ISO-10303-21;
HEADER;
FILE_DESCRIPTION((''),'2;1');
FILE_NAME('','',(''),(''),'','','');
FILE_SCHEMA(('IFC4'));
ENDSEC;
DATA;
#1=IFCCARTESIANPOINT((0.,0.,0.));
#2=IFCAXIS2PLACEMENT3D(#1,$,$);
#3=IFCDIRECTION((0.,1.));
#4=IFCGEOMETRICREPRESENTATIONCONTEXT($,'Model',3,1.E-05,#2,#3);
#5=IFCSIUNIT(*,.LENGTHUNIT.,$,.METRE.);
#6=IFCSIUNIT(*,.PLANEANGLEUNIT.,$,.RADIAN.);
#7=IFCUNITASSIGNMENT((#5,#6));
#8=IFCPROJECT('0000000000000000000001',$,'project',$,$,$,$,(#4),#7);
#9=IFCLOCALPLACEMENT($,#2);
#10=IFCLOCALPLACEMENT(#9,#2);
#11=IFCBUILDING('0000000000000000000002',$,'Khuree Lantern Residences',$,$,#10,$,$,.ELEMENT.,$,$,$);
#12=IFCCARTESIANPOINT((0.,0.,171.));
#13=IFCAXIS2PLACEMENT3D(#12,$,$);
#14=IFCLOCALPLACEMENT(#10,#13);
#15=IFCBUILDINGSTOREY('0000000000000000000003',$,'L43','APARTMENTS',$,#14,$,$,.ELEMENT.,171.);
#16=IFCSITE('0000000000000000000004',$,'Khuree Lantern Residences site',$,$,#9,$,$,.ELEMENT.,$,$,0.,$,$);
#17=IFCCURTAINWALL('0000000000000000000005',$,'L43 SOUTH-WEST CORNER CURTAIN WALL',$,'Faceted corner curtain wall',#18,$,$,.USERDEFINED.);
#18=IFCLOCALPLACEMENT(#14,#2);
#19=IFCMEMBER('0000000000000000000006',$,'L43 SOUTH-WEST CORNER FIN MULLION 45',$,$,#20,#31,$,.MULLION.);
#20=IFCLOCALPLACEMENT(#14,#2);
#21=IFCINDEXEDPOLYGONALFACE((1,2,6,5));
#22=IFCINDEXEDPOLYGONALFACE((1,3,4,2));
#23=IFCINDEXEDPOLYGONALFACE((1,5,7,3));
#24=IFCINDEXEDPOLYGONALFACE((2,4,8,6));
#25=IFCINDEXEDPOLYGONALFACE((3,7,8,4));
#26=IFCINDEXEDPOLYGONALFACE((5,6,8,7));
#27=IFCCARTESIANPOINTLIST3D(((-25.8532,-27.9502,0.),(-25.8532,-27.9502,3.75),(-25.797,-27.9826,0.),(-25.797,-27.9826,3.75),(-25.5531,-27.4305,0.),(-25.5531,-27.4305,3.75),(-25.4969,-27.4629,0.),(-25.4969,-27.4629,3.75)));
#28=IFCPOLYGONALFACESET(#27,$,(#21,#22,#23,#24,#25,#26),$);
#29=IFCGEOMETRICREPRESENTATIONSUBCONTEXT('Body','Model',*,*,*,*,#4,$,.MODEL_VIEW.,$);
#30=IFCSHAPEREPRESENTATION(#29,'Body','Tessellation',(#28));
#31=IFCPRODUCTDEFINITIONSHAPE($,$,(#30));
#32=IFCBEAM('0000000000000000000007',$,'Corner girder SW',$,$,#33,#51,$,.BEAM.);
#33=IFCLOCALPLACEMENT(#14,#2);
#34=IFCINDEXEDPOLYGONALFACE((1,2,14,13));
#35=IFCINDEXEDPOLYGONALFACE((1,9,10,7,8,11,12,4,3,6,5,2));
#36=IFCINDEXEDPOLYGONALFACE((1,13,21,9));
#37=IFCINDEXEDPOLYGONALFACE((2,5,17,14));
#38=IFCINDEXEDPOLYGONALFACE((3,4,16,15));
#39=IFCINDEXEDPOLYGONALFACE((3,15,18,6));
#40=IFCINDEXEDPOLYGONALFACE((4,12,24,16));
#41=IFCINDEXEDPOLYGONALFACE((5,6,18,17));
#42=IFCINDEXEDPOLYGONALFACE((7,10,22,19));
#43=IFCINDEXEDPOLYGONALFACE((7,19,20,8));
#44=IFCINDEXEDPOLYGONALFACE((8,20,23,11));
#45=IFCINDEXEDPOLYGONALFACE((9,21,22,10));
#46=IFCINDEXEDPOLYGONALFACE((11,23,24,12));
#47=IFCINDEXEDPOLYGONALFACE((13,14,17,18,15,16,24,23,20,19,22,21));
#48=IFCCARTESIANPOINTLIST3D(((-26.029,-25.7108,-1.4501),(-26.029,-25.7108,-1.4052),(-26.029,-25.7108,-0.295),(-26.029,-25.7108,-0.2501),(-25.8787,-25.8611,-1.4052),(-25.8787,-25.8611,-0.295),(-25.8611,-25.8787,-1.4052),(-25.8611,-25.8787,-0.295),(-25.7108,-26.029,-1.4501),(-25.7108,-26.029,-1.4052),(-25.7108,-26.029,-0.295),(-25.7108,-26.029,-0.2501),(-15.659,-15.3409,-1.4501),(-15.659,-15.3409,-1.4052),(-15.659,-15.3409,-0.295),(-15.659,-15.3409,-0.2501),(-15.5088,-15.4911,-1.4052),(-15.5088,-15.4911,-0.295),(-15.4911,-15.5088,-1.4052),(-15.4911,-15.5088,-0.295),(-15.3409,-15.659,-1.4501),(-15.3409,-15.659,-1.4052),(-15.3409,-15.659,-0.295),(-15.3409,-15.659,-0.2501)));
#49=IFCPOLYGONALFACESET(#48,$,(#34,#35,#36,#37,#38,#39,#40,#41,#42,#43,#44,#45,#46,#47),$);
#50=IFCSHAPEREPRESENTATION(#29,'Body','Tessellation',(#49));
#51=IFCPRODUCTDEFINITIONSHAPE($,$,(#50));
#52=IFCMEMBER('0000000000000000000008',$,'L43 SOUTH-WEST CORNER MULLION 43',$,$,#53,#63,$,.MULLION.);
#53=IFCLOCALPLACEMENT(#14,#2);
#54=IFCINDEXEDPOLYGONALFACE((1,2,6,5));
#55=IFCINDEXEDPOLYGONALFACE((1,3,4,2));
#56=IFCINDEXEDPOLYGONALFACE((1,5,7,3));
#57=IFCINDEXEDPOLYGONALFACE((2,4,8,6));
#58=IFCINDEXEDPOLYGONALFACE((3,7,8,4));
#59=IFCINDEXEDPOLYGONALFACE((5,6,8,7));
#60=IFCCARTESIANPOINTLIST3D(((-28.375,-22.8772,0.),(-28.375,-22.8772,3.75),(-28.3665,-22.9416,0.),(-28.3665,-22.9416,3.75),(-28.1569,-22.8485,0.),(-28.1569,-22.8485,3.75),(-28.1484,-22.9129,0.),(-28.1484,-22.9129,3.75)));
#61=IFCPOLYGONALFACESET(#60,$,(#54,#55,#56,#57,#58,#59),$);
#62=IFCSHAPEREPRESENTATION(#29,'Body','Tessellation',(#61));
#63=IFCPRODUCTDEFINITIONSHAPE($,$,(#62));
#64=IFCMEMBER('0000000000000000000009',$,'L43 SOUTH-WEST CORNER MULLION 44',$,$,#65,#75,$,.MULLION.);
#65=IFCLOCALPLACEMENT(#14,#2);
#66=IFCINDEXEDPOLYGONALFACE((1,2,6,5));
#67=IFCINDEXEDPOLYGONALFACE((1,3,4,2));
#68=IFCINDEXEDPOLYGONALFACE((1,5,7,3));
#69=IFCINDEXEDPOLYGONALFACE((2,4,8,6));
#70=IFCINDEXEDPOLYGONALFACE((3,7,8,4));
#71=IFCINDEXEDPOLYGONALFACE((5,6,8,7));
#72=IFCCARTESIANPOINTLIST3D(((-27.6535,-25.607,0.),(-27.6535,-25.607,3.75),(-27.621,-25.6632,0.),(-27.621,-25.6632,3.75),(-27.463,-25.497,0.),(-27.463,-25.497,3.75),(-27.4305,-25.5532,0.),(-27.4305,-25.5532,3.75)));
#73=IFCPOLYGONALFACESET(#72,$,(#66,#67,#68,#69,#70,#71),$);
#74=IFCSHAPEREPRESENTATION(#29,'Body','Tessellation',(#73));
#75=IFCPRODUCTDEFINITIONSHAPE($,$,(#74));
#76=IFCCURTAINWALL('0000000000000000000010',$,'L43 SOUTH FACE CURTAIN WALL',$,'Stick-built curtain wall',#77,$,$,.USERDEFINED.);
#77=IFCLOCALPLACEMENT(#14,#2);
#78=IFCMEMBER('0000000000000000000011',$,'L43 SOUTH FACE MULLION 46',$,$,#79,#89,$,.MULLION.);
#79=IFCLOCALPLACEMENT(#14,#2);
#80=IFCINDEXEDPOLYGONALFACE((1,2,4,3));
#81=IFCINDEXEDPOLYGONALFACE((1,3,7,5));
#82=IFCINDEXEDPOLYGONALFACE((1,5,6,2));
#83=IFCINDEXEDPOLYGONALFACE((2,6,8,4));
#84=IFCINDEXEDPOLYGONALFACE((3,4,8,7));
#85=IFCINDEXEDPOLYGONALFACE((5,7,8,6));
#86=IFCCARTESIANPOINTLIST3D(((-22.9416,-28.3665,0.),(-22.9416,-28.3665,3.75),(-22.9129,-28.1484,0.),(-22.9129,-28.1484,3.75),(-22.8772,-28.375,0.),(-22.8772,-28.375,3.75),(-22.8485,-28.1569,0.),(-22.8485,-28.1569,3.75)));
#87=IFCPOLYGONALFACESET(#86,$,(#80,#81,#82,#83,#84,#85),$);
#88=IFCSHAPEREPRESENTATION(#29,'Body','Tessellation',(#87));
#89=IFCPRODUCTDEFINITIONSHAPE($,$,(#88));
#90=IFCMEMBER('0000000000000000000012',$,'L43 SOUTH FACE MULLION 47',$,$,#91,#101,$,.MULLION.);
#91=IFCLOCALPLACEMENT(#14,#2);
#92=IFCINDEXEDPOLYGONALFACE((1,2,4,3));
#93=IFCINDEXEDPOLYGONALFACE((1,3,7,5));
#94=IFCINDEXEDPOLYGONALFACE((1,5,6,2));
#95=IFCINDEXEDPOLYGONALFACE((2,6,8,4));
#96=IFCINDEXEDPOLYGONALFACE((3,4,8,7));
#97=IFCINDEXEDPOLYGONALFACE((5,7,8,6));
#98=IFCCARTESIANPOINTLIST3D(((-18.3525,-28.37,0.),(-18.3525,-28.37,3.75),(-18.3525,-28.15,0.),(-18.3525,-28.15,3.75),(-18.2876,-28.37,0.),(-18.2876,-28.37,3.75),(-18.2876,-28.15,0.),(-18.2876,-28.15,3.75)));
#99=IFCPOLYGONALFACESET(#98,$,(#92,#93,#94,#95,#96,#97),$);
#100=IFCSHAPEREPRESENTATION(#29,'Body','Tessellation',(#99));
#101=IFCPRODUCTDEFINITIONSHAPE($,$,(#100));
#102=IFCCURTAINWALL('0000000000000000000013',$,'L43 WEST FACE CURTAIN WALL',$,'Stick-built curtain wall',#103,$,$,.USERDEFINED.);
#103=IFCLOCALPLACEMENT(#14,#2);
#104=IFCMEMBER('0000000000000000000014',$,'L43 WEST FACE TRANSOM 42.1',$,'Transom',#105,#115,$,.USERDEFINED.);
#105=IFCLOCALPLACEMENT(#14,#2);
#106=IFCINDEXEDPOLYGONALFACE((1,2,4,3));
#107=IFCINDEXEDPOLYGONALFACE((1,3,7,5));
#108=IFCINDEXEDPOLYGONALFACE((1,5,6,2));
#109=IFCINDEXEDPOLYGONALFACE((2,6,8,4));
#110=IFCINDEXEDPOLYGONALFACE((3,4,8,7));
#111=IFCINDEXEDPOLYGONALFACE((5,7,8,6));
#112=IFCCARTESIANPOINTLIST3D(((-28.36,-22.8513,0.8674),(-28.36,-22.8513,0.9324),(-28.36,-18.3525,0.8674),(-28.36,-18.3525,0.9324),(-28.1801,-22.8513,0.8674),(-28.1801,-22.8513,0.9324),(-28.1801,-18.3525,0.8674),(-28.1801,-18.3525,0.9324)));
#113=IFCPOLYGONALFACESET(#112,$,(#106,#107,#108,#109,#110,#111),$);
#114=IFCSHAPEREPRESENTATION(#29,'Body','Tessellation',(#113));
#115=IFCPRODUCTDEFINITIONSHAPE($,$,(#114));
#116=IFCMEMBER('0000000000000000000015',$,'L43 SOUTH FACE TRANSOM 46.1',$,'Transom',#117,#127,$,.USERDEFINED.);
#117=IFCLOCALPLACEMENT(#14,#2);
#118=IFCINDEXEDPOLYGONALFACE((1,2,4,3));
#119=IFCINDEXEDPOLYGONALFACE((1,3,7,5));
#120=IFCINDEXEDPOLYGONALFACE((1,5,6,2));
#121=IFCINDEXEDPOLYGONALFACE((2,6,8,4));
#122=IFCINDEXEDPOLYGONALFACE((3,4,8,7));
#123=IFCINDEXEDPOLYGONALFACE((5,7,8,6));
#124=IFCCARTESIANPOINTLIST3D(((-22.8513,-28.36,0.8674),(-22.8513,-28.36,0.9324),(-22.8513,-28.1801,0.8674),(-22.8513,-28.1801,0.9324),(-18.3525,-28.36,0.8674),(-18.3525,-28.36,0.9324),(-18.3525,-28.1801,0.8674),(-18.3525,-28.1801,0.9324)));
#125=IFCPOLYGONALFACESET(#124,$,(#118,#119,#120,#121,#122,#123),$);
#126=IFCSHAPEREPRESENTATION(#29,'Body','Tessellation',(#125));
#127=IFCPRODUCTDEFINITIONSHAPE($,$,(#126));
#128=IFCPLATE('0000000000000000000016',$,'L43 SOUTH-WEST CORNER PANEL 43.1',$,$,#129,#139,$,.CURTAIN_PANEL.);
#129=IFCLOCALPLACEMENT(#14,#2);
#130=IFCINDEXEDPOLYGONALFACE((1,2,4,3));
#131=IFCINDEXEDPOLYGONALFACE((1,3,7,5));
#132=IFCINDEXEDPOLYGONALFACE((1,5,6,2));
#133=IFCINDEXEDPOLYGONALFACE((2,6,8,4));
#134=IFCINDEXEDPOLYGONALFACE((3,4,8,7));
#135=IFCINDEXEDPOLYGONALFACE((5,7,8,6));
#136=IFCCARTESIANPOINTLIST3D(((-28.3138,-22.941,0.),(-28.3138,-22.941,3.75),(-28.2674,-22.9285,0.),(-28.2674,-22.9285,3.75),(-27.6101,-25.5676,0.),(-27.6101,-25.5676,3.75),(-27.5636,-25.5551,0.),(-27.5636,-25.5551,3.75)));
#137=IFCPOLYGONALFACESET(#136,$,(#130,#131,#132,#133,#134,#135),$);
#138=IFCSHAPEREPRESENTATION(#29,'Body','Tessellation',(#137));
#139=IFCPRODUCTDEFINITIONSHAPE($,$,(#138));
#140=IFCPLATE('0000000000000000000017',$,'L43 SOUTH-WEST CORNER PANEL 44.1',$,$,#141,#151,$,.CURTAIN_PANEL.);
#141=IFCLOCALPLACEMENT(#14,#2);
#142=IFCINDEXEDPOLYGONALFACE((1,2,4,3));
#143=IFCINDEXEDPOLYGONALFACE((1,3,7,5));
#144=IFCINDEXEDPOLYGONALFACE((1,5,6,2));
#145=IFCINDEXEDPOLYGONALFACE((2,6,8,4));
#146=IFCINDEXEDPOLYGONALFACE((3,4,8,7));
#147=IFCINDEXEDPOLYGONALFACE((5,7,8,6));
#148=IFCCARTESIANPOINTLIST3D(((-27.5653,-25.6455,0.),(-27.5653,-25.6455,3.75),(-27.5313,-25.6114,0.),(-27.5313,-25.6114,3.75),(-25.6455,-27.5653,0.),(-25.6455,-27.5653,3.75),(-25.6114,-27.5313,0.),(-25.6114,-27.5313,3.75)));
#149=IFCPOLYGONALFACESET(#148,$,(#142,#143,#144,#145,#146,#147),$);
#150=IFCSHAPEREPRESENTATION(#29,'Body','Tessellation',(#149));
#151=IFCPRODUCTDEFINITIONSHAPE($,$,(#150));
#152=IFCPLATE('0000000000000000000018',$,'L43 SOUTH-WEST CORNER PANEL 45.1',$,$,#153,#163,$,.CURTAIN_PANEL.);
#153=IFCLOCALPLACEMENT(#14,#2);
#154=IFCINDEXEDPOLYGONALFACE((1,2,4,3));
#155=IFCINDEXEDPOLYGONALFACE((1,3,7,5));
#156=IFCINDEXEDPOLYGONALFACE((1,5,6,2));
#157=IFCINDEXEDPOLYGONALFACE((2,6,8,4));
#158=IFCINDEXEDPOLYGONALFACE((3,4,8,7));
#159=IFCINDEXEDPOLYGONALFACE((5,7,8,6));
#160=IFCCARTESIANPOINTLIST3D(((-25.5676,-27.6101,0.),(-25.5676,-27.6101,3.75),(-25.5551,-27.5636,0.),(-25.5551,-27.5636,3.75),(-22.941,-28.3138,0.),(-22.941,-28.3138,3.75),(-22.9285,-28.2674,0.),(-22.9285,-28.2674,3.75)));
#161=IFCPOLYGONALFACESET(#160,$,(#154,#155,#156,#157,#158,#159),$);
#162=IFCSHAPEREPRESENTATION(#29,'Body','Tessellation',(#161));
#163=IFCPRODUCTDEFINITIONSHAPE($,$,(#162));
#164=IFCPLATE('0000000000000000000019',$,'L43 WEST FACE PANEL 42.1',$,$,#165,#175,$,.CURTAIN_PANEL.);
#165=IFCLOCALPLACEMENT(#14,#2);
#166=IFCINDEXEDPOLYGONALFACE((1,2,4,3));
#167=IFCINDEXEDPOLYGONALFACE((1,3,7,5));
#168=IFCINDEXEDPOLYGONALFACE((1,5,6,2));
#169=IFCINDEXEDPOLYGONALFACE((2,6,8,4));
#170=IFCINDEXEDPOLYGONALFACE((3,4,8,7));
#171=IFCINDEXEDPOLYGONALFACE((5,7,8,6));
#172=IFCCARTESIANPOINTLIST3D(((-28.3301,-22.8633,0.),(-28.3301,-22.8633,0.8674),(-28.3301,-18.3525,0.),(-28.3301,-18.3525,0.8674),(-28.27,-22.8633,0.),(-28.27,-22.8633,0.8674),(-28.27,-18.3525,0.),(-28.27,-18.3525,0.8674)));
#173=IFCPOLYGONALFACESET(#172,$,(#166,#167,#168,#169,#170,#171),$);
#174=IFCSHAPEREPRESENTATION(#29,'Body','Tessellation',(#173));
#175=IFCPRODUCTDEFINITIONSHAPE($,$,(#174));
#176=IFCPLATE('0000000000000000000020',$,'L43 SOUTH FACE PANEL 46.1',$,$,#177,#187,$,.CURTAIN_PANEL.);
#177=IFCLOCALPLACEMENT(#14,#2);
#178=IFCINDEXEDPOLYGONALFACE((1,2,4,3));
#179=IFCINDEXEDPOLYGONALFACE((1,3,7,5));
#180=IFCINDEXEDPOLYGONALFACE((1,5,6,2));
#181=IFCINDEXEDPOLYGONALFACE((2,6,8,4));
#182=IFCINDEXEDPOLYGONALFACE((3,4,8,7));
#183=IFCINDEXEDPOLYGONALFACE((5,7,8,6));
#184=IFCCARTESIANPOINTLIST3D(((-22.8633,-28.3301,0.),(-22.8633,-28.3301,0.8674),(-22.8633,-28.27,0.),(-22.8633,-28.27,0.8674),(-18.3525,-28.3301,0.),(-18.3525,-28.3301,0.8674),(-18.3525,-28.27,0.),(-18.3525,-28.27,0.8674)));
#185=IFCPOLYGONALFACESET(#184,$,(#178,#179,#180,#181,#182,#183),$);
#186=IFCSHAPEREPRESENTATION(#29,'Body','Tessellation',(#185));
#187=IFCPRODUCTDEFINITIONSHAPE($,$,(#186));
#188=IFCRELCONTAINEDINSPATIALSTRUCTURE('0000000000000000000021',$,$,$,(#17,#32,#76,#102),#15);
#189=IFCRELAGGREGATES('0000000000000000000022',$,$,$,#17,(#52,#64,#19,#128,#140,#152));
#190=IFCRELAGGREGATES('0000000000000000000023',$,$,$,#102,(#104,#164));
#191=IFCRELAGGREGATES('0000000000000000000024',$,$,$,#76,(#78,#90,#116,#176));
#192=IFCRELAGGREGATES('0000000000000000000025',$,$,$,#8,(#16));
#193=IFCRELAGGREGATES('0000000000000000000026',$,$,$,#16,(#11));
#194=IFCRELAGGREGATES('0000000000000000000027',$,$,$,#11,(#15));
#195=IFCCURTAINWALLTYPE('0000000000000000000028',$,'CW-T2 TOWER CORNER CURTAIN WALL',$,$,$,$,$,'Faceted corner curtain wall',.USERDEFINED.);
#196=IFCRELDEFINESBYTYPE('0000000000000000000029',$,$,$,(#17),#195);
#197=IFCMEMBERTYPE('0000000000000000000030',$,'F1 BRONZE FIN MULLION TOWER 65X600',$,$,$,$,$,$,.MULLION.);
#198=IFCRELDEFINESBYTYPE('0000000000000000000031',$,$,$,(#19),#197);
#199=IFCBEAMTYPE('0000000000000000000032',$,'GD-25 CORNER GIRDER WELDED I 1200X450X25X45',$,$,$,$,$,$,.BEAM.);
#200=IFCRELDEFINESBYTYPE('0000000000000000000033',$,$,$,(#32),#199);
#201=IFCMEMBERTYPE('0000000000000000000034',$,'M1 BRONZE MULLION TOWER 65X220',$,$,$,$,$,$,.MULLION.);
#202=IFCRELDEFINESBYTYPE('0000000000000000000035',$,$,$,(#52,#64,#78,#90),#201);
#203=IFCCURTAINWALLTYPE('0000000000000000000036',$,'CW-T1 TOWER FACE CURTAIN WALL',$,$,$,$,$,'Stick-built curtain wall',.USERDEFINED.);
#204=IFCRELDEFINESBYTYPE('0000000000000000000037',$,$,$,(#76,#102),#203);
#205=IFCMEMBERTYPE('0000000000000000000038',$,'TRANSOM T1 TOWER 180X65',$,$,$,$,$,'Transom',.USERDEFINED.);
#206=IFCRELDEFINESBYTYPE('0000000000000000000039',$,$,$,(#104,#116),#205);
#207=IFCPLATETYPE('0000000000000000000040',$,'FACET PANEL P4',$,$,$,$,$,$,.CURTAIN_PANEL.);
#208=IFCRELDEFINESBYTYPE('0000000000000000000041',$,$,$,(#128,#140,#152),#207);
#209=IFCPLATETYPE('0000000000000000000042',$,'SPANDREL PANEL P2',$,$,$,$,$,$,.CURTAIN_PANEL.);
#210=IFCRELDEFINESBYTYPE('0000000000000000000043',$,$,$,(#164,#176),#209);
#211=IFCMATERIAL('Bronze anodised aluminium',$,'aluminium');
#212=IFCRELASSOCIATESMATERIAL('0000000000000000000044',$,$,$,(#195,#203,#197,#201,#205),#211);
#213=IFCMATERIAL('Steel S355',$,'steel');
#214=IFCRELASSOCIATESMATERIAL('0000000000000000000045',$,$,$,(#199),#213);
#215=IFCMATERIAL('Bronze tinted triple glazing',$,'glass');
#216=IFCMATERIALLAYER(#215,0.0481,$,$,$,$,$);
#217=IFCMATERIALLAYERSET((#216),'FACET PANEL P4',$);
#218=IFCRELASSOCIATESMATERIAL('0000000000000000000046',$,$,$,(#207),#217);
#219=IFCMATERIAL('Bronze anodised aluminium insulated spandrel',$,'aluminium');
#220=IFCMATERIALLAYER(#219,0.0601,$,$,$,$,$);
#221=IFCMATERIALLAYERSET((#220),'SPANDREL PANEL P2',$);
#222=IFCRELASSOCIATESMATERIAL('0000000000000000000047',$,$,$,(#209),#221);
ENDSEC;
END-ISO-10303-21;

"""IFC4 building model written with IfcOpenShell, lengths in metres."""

from ifc_helpers import new_model, si_unit, direction, frame, origin, origin_2d, place, context, subcontext, project, spatial, rectangle, i_section, extrude, material, layer, layer_set, material_profile, profile_set, type_object, element, aggregate, save


model = new_model("IFC4")

# Units and contexts
model_context = context("Model", 3, precision=1e-05, world=origin(), true_north=direction((0.0, 1.0)))
body_context = subcontext(model_context, "Body", "Model", "MODEL_VIEW")
ifc_project = project(units=[si_unit("LENGTHUNIT", "METRE"), si_unit("PLANEANGLEUNIT", "RADIAN")], contexts=[model_context])

# Site, building, storey
site_placement = place(None, origin())
site = spatial("IfcSite", under=ifc_project, at=site_placement, Name="Khuree Lantern Residences site", CompositionType="ELEMENT", RefElevation=0.0)
building_placement = place(site_placement, origin())
building = spatial("IfcBuilding", under=site, at=building_placement, Name="Khuree Lantern Residences", CompositionType="ELEMENT")
storey_placement = place(building_placement, frame((0.0, 0.0, 171.0)))
storey = spatial("IfcBuildingStorey", under=building, at=storey_placement, Name="L43", Description="APARTMENTS", CompositionType="ELEMENT", Elevation=171.0)

# Shared definitions
ifc_material_1 = material(Name="Steel S355", Category="steel")

# Curtain wall, member
ifc_material_2 = material(Name="Bronze anodised aluminium", Category="aluminium")
curtain_wall_type_1 = type_object("IfcCurtainWallType", Name="CW-T2 TOWER CORNER CURTAIN WALL", ElementType="Faceted corner curtain wall", PredefinedType="USERDEFINED", material=ifc_material_2)
curtain_wall_1_placement = place(storey_placement, origin())
curtain_wall_1 = element("IfcCurtainWall", 1, at=curtain_wall_1_placement, inside=storey, type_object=curtain_wall_type_1, Name="L43 SOUTH-WEST CORNER CURTAIN WALL", ObjectType="Faceted corner curtain wall", PredefinedType="USERDEFINED")
ifc_material_profile_1 = material_profile(ifc_material_2, rectangle(XDim=0.0649, YDim=0.6001, at=origin_2d()), Name="F1 65X600")
ifc_profile_set_1 = profile_set([ifc_material_profile_1], Name="Bronze anodised aluminium")
member_type_1 = type_object("IfcMemberType", Name="F1 BRONZE FIN MULLION TOWER 65X600", PredefinedType="MULLION", material=ifc_profile_set_1)
member_1_placement = place(storey_placement, frame((-25.675, -27.7065, 0.0), z_axis=(0.0, 0.0, 1.0), x_axis=(0.866025, -0.5, 0.0)))
member_1 = element("IfcMember", 2, at=member_1_placement, type_object=member_type_1, Name="L43 SOUTH-WEST CORNER FIN MULLION 45", PredefinedType="MULLION", context=body_context, shape_type="SweptSolid", body=[
    extrude(rectangle(XDim=0.0649, YDim=0.6001, at=origin_2d()), origin(), (0.0, 0.0, 1.0), 3.75),
])

# Beam
ifc_material_profile_2 = material_profile(ifc_material_1, i_section(OverallWidth=0.45, OverallDepth=1.2, WebThickness=0.0249, FlangeThickness=0.0449, at=origin_2d()), Name="WELDED I 1200X450X25X45")
ifc_profile_set_2 = profile_set([ifc_material_profile_2], Name="Steel S355")
beam_type_1 = type_object("IfcBeamType", Name="GD-25 CORNER GIRDER WELDED I 1200X450X25X45", PredefinedType="BEAM", material=ifc_profile_set_2)
beam_1_placement = place(storey_placement, frame((-25.8699, -25.8699, -0.8501), z_axis=(0.707107, 0.707107, 0.0), x_axis=(-0.707107, 0.707107, 0.0)))
element("IfcBeam", 3, at=beam_1_placement, inside=storey, type_object=beam_type_1, Name="Corner girder SW", PredefinedType="BEAM", context=body_context, shape_type="SweptSolid", body=[
    extrude(i_section(OverallWidth=0.45, OverallDepth=1.2, WebThickness=0.0249, FlangeThickness=0.0449, at=origin_2d()), origin(), (0.0, 0.0, 1.0), 14.6653),
])

# Members
ifc_material_profile_3 = material_profile(ifc_material_2, rectangle(XDim=0.0649, YDim=0.22, at=origin_2d()), Name="M1 65X220")
ifc_profile_set_3 = profile_set([ifc_material_profile_3], Name="Bronze anodised aluminium")
member_type_2 = type_object("IfcMemberType", Name="M1 BRONZE MULLION TOWER 65X220", PredefinedType="MULLION", material=ifc_profile_set_3)
member_2_placement = place(storey_placement, frame((-28.2617, -22.895, 0.0), z_axis=(0.0, 0.0, 1.0), x_axis=(0.130526, -0.991445, 0.0)))
member_2 = element("IfcMember", 4, at=member_2_placement, type_object=member_type_2, Name="L43 SOUTH-WEST CORNER MULLION 43", PredefinedType="MULLION", context=body_context, shape_type="SweptSolid", body=[
    extrude(rectangle(XDim=0.0649, YDim=0.22, at=origin_2d()), origin(), (0.0, 0.0, 1.0), 3.75),
])
member_3_placement = place(storey_placement, frame((-27.542, -25.5801, 0.0), z_axis=(0.0, 0.0, 1.0), x_axis=(0.5, -0.866025, 0.0)))
member_3 = element("IfcMember", 5, at=member_3_placement, type_object=member_type_2, Name="L43 SOUTH-WEST CORNER MULLION 44", PredefinedType="MULLION", context=body_context, shape_type="SweptSolid", body=[
    extrude(rectangle(XDim=0.0649, YDim=0.22, at=origin_2d()), origin(), (0.0, 0.0, 1.0), 3.75),
])

# Curtain wall, members
curtain_wall_type_2 = type_object("IfcCurtainWallType", Name="CW-T1 TOWER FACE CURTAIN WALL", ElementType="Stick-built curtain wall", PredefinedType="USERDEFINED", material=ifc_material_2)
curtain_wall_2_placement = place(storey_placement, origin())
curtain_wall_2 = element("IfcCurtainWall", 6, at=curtain_wall_2_placement, inside=storey, type_object=curtain_wall_type_2, Name="L43 SOUTH FACE CURTAIN WALL", ObjectType="Stick-built curtain wall", PredefinedType="USERDEFINED")
member_4_placement = place(storey_placement, frame((-22.895, -28.2617, 0.0), z_axis=(0.0, 0.0, 1.0), x_axis=(0.991445, -0.130526, 0.0)))
member_4 = element("IfcMember", 7, at=member_4_placement, type_object=member_type_2, Name="L43 SOUTH FACE MULLION 46", PredefinedType="MULLION", context=body_context, shape_type="SweptSolid", body=[
    extrude(rectangle(XDim=0.0649, YDim=0.22, at=origin_2d()), origin(), (0.0, 0.0, 1.0), 3.75),
])
member_5_placement = place(storey_placement, frame((-18.3201, -28.26, 0.0), z_axis=(0.0, 0.0, 1.0), x_axis=(1.0, 0.0, 0.0)))
member_5 = element("IfcMember", 8, at=member_5_placement, type_object=member_type_2, Name="L43 SOUTH FACE MULLION 47", PredefinedType="MULLION", context=body_context, shape_type="SweptSolid", body=[
    extrude(rectangle(XDim=0.0649, YDim=0.22, at=origin_2d()), origin(), (0.0, 0.0, 1.0), 3.75),
])

# Curtain wall, member
curtain_wall_3_placement = place(storey_placement, origin())
curtain_wall_3 = element("IfcCurtainWall", 9, at=curtain_wall_3_placement, inside=storey, type_object=curtain_wall_type_2, Name="L43 WEST FACE CURTAIN WALL", ObjectType="Stick-built curtain wall", PredefinedType="USERDEFINED")
ifc_material_profile_4 = material_profile(ifc_material_2, rectangle(XDim=0.1799, YDim=0.0649, at=origin_2d()), Name="T1 180X65")
ifc_profile_set_4 = profile_set([ifc_material_profile_4], Name="Bronze anodised aluminium")
member_type_3 = type_object("IfcMemberType", Name="TRANSOM T1 TOWER 180X65", ElementType="Transom", PredefinedType="USERDEFINED", material=ifc_profile_set_4)
member_6_placement = place(storey_placement, frame((-28.27, -18.3525, 0.8999), z_axis=(0.0, -1.0, 0.0), x_axis=(1.0, 0.0, 0.0)))
member_6 = element("IfcMember", 10, at=member_6_placement, type_object=member_type_3, Name="L43 WEST FACE TRANSOM 42.1", ObjectType="Transom", PredefinedType="USERDEFINED", context=body_context, shape_type="SweptSolid", body=[
    extrude(rectangle(XDim=0.1799, YDim=0.0649, at=origin_2d()), origin(), (0.0, 0.0, 1.0), 4.4988),
])

# Member
member_7_placement = place(storey_placement, frame((-22.8513, -28.27, 0.8999), z_axis=(1.0, 0.0, 0.0), x_axis=(0.0, 1.0, 0.0)))
member_7 = element("IfcMember", 11, at=member_7_placement, type_object=member_type_3, Name="L43 SOUTH FACE TRANSOM 46.1", ObjectType="Transom", PredefinedType="USERDEFINED", context=body_context, shape_type="SweptSolid", body=[
    extrude(rectangle(XDim=0.1799, YDim=0.0649, at=origin_2d()), origin(), (0.0, 0.0, 1.0), 4.4988),
])

# Plates
ifc_material_3 = material(Name="Bronze tinted triple glazing", Category="glass")
ifc_layer_1 = layer(ifc_material_3, 0.0481)
ifc_layer_set_1 = layer_set([ifc_layer_1], Name="FACET PANEL P4")
plate_type_1 = type_object("IfcPlateType", Name="FACET PANEL P4", PredefinedType="CURTAIN_PANEL", material=ifc_layer_set_1)
plate_1_placement = place(storey_placement, frame((-27.9387, -24.248, 0.0), z_axis=(0.0, 0.0, 1.0), x_axis=(0.258819, -0.965926, 0.0)))
plate_1 = element("IfcPlate", 12, at=plate_1_placement, type_object=plate_type_1, Name="L43 SOUTH-WEST CORNER PANEL 43.1", PredefinedType="CURTAIN_PANEL", context=body_context, shape_type="SweptSolid", body=[
    extrude(rectangle(XDim=2.7192, YDim=0.0481, at=origin_2d()), origin(), (0.0, 0.0, 1.0), 3.75),
])
plate_2_placement = place(storey_placement, frame((-26.5884, -26.5884, 0.0), z_axis=(0.0, 0.0, 1.0), x_axis=(0.707107, -0.707107, 0.0)))
plate_2 = element("IfcPlate", 13, at=plate_2_placement, type_object=plate_type_1, Name="L43 SOUTH-WEST CORNER PANEL 44.1", PredefinedType="CURTAIN_PANEL", context=body_context, shape_type="SweptSolid", body=[
    extrude(rectangle(XDim=2.7151, YDim=0.0481, at=origin_2d()), origin(), (0.0, 0.0, 1.0), 3.75),
])
plate_3_placement = place(storey_placement, frame((-24.248, -27.9387, 0.0), z_axis=(0.0, 0.0, 1.0), x_axis=(0.965926, -0.258819, 0.0)))
plate_3 = element("IfcPlate", 14, at=plate_3_placement, type_object=plate_type_1, Name="L43 SOUTH-WEST CORNER PANEL 45.1", PredefinedType="CURTAIN_PANEL", context=body_context, shape_type="SweptSolid", body=[
    extrude(rectangle(XDim=2.7192, YDim=0.0481, at=origin_2d()), origin(), (0.0, 0.0, 1.0), 3.75),
])
aggregate(curtain_wall_1, [member_2, member_3, member_1, plate_1, plate_2, plate_3])
ifc_material_4 = material(Name="Bronze anodised aluminium insulated spandrel", Category="aluminium")
ifc_layer_2 = layer(ifc_material_4, 0.0601)
ifc_layer_set_2 = layer_set([ifc_layer_2], Name="SPANDREL PANEL P2")
plate_type_2 = type_object("IfcPlateType", Name="SPANDREL PANEL P2", PredefinedType="CURTAIN_PANEL", material=ifc_layer_set_2)
plate_4_placement = place(storey_placement, frame((-28.3, -20.6079, 0.0), z_axis=(0.0, 0.0, 1.0), x_axis=(0.0, -1.0, 0.0)))
plate_4 = element("IfcPlate", 15, at=plate_4_placement, type_object=plate_type_2, Name="L43 WEST FACE PANEL 42.1", PredefinedType="CURTAIN_PANEL", context=body_context, shape_type="SweptSolid", body=[
    extrude(rectangle(XDim=4.5107, YDim=0.0601, at=origin_2d()), origin(), (0.0, 0.0, 1.0), 0.8674),
])
plate_5_placement = place(storey_placement, frame((-20.6079, -28.3, 0.0), z_axis=(0.0, 0.0, 1.0), x_axis=(1.0, 0.0, 0.0)))
plate_5 = element("IfcPlate", 16, at=plate_5_placement, type_object=plate_type_2, Name="L43 SOUTH FACE PANEL 46.1", PredefinedType="CURTAIN_PANEL", context=body_context, shape_type="SweptSolid", body=[
    extrude(rectangle(XDim=4.5107, YDim=0.0601, at=origin_2d()), origin(), (0.0, 0.0, 1.0), 0.8674),
])
aggregate(curtain_wall_3, [member_6, plate_4])
aggregate(curtain_wall_2, [member_4, member_5, member_7, plate_5])

save(model, "model.ifc")
